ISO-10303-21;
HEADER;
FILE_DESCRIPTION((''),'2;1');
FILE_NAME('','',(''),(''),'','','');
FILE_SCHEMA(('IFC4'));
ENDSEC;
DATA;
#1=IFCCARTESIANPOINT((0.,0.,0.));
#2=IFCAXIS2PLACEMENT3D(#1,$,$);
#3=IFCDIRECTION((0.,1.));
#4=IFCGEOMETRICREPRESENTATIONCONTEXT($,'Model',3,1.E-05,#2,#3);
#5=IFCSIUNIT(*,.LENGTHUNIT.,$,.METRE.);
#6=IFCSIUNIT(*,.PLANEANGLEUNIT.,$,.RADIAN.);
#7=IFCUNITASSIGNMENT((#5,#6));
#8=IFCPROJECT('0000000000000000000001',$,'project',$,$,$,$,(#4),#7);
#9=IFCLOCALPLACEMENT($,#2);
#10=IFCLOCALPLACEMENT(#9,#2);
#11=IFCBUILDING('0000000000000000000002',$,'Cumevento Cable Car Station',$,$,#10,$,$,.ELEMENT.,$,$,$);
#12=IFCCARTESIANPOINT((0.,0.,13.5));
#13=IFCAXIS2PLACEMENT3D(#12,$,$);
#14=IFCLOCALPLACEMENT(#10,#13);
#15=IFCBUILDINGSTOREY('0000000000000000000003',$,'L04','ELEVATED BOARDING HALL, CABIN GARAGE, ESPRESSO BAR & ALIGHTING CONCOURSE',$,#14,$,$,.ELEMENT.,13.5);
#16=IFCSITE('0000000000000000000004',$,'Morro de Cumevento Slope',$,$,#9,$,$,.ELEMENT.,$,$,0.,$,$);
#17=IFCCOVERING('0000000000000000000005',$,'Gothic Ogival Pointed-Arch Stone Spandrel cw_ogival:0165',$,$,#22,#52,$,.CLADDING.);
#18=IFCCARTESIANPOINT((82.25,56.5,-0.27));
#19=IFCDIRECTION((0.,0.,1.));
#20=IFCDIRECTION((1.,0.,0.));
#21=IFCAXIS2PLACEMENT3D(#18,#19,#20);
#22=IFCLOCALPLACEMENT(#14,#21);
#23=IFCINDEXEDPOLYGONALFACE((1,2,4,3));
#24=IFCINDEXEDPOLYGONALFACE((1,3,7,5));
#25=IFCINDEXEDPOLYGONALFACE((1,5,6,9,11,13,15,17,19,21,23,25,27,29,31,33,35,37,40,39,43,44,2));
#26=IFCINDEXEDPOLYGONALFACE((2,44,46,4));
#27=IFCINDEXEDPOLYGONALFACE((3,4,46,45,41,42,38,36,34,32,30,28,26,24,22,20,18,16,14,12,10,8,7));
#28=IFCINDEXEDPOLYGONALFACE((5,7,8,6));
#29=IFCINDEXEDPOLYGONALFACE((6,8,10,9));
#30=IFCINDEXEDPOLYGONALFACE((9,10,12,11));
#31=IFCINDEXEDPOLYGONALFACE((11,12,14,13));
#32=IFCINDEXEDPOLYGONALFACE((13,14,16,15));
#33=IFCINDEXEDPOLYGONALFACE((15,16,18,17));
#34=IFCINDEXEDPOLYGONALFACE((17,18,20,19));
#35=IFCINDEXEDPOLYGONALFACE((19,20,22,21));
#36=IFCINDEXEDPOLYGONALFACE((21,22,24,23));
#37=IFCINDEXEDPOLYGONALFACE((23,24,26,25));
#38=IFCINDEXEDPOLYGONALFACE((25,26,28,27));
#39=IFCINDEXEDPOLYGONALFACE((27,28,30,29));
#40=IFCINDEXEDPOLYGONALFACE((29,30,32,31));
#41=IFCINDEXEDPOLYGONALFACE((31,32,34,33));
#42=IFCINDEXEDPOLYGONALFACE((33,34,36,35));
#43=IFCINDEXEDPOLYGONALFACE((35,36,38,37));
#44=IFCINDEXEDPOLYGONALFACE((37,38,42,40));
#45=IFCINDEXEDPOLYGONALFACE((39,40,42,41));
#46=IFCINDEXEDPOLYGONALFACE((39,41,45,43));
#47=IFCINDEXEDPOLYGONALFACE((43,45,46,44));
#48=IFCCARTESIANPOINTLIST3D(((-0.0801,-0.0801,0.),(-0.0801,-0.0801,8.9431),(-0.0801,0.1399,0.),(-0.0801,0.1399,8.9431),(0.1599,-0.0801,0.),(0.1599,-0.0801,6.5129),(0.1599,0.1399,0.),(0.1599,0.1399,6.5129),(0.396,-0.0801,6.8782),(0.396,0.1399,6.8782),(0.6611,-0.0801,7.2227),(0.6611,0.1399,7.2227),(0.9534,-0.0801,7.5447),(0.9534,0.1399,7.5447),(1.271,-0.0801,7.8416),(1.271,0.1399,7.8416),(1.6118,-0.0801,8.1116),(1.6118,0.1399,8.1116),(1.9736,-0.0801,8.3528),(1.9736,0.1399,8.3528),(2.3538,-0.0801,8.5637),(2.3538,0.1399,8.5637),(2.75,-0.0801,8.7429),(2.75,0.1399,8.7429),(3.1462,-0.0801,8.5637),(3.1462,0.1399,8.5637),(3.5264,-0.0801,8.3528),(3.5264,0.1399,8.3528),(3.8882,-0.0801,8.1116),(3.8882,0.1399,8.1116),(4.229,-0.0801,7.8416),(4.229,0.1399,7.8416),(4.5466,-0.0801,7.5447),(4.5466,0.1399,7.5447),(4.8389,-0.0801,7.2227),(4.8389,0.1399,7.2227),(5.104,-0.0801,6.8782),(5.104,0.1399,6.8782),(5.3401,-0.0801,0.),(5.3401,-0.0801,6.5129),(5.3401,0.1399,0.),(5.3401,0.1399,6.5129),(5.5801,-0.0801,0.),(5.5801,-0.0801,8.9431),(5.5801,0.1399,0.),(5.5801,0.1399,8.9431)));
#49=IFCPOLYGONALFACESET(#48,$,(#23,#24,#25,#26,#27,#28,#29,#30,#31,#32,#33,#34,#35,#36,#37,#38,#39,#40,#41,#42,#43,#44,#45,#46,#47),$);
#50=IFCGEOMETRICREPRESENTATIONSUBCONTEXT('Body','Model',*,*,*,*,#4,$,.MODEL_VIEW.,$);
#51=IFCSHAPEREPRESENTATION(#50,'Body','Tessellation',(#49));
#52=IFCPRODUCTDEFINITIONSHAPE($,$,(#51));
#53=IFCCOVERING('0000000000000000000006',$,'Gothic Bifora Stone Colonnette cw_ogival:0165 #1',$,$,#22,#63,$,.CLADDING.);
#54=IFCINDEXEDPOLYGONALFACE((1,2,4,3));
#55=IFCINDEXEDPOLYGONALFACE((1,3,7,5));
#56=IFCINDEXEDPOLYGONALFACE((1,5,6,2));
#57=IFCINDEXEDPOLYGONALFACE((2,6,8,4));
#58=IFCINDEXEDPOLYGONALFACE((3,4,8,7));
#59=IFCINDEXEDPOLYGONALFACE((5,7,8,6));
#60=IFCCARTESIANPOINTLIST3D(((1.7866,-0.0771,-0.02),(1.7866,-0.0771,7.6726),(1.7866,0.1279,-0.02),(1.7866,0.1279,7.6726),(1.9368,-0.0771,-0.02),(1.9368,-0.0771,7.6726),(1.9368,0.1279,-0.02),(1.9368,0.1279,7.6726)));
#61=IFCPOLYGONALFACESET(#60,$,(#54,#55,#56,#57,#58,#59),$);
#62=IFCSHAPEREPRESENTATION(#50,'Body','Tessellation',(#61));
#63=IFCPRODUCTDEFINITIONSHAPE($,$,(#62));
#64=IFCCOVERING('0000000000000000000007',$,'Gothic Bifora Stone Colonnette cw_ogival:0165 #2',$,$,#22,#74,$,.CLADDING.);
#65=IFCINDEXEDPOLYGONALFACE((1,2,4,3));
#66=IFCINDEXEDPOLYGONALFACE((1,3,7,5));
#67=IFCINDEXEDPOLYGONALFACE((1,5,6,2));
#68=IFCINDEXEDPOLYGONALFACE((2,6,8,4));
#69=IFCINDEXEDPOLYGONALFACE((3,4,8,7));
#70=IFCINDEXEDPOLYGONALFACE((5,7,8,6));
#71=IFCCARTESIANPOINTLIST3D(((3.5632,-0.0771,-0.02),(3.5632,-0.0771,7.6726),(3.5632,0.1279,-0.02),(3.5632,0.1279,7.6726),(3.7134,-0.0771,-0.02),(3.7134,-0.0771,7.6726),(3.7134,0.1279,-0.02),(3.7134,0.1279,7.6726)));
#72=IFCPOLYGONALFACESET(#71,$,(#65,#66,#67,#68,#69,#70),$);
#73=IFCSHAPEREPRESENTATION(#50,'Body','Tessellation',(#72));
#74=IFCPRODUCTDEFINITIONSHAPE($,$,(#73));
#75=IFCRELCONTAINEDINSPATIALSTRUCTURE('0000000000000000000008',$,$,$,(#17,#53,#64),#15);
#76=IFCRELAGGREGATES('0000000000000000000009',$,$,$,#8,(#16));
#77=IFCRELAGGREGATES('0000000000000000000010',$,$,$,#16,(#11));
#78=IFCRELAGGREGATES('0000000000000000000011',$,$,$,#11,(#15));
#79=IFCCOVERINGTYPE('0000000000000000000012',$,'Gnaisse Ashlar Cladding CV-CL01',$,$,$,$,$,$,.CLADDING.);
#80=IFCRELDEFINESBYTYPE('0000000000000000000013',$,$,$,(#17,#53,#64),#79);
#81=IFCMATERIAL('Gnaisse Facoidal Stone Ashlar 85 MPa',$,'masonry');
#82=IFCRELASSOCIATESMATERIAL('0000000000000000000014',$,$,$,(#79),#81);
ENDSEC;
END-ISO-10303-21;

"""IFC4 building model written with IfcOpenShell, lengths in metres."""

from ifc_helpers import new_model, si_unit, direction, frame, origin, place, context, subcontext, project, spatial, polyline, outline, extrude, material, type_object, element, save


model = new_model("IFC4")

# Units and contexts
model_context = context("Model", 3, precision=1e-05, world=origin(), true_north=direction((0.0, 1.0)))
body_context = subcontext(model_context, "Body", "Model", "MODEL_VIEW")
ifc_project = project(units=[si_unit("LENGTHUNIT", "METRE"), si_unit("PLANEANGLEUNIT", "RADIAN")], contexts=[model_context])

# Site, building, storey
site_placement = place(None, origin())
site = spatial("IfcSite", under=ifc_project, at=site_placement, Name="Morro de Cumevento Slope", CompositionType="ELEMENT", RefElevation=0.0)
building_placement = place(site_placement, origin())
building = spatial("IfcBuilding", under=site, at=building_placement, Name="Cumevento Cable Car Station", CompositionType="ELEMENT")
storey_placement = place(building_placement, frame((0.0, 0.0, 13.5)))
storey = spatial("IfcBuildingStorey", under=building, at=storey_placement, Name="L04", Description="ELEVATED BOARDING HALL, CABIN GARAGE, ESPRESSO BAR & ALIGHTING CONCOURSE", CompositionType="ELEMENT", Elevation=13.5)

# Coverings
ifc_material_1 = material(Name="Gnaisse Facoidal Stone Ashlar 85 MPa", Category="masonry")
covering_type = type_object("IfcCoveringType", Name="Gnaisse Ashlar Cladding CV-CL01", PredefinedType="CLADDING", material=ifc_material_1)
placement = place(storey_placement, frame((82.25, 56.5, -0.27), z_axis=(0.0, 0.0, 1.0), x_axis=(1.0, 0.0, 0.0)))
element("IfcCovering", 1, at=placement, inside=storey, type_object=covering_type, Name="Gothic Ogival Pointed-Arch Stone Spandrel cw_ogival:0165", PredefinedType="CLADDING", context=body_context, shape_type="SweptSolid", body=[
    extrude(outline(polyline([(-0.0801, 0.0), (-0.0801, 8.9431), (5.5801, 8.9431), (5.5801, 0.0), (5.3401, 0.0), (5.3401, 6.5129), (5.104, 6.8782), (4.8389, 7.2227), (4.5466, 7.5447), (4.229, 7.8416), (3.8882, 8.1116), (3.5264, 8.3528), (3.1462, 8.5637), (2.75, 8.7429), (2.3538, 8.5637), (1.9736, 8.3528), (1.6118, 8.1116), (1.271, 7.8416), (0.9534, 7.5447), (0.6611, 7.2227), (0.396, 6.8782), (0.1599, 6.5129), (0.1599, 0.0), (-0.0801, 0.0)])), frame((0.0, 0.1399, 0.0), z_axis=(0.0, -1.0, 0.0), x_axis=(1.0, 0.0, 0.0)), (0.0, 0.0, 1.0), 0.22),
])
element("IfcCovering", 2, at=placement, inside=storey, type_object=covering_type, Name="Gothic Bifora Stone Colonnette cw_ogival:0165 #1", PredefinedType="CLADDING", context=body_context, shape_type="SweptSolid", body=[
    extrude(outline(polyline([(1.7866, -0.02), (1.9368, -0.02), (1.9368, 7.6726), (1.7866, 7.6726), (1.7866, -0.02)])), frame((0.0, 0.1279, 0.0), z_axis=(0.0, -1.0, 0.0), x_axis=(1.0, 0.0, 0.0)), (0.0, 0.0, 1.0), 0.2051),
])
element("IfcCovering", 3, at=placement, inside=storey, type_object=covering_type, Name="Gothic Bifora Stone Colonnette cw_ogival:0165 #2", PredefinedType="CLADDING", context=body_context, shape_type="SweptSolid", body=[
    extrude(outline(polyline([(3.5632, -0.02), (3.7134, -0.02), (3.7134, 7.6726), (3.5632, 7.6726), (3.5632, -0.02)])), frame((0.0, 0.1279, 0.0), z_axis=(0.0, -1.0, 0.0), x_axis=(1.0, 0.0, 0.0)), (0.0, 0.0, 1.0), 0.2051),
])

save(model, "model.ifc")
